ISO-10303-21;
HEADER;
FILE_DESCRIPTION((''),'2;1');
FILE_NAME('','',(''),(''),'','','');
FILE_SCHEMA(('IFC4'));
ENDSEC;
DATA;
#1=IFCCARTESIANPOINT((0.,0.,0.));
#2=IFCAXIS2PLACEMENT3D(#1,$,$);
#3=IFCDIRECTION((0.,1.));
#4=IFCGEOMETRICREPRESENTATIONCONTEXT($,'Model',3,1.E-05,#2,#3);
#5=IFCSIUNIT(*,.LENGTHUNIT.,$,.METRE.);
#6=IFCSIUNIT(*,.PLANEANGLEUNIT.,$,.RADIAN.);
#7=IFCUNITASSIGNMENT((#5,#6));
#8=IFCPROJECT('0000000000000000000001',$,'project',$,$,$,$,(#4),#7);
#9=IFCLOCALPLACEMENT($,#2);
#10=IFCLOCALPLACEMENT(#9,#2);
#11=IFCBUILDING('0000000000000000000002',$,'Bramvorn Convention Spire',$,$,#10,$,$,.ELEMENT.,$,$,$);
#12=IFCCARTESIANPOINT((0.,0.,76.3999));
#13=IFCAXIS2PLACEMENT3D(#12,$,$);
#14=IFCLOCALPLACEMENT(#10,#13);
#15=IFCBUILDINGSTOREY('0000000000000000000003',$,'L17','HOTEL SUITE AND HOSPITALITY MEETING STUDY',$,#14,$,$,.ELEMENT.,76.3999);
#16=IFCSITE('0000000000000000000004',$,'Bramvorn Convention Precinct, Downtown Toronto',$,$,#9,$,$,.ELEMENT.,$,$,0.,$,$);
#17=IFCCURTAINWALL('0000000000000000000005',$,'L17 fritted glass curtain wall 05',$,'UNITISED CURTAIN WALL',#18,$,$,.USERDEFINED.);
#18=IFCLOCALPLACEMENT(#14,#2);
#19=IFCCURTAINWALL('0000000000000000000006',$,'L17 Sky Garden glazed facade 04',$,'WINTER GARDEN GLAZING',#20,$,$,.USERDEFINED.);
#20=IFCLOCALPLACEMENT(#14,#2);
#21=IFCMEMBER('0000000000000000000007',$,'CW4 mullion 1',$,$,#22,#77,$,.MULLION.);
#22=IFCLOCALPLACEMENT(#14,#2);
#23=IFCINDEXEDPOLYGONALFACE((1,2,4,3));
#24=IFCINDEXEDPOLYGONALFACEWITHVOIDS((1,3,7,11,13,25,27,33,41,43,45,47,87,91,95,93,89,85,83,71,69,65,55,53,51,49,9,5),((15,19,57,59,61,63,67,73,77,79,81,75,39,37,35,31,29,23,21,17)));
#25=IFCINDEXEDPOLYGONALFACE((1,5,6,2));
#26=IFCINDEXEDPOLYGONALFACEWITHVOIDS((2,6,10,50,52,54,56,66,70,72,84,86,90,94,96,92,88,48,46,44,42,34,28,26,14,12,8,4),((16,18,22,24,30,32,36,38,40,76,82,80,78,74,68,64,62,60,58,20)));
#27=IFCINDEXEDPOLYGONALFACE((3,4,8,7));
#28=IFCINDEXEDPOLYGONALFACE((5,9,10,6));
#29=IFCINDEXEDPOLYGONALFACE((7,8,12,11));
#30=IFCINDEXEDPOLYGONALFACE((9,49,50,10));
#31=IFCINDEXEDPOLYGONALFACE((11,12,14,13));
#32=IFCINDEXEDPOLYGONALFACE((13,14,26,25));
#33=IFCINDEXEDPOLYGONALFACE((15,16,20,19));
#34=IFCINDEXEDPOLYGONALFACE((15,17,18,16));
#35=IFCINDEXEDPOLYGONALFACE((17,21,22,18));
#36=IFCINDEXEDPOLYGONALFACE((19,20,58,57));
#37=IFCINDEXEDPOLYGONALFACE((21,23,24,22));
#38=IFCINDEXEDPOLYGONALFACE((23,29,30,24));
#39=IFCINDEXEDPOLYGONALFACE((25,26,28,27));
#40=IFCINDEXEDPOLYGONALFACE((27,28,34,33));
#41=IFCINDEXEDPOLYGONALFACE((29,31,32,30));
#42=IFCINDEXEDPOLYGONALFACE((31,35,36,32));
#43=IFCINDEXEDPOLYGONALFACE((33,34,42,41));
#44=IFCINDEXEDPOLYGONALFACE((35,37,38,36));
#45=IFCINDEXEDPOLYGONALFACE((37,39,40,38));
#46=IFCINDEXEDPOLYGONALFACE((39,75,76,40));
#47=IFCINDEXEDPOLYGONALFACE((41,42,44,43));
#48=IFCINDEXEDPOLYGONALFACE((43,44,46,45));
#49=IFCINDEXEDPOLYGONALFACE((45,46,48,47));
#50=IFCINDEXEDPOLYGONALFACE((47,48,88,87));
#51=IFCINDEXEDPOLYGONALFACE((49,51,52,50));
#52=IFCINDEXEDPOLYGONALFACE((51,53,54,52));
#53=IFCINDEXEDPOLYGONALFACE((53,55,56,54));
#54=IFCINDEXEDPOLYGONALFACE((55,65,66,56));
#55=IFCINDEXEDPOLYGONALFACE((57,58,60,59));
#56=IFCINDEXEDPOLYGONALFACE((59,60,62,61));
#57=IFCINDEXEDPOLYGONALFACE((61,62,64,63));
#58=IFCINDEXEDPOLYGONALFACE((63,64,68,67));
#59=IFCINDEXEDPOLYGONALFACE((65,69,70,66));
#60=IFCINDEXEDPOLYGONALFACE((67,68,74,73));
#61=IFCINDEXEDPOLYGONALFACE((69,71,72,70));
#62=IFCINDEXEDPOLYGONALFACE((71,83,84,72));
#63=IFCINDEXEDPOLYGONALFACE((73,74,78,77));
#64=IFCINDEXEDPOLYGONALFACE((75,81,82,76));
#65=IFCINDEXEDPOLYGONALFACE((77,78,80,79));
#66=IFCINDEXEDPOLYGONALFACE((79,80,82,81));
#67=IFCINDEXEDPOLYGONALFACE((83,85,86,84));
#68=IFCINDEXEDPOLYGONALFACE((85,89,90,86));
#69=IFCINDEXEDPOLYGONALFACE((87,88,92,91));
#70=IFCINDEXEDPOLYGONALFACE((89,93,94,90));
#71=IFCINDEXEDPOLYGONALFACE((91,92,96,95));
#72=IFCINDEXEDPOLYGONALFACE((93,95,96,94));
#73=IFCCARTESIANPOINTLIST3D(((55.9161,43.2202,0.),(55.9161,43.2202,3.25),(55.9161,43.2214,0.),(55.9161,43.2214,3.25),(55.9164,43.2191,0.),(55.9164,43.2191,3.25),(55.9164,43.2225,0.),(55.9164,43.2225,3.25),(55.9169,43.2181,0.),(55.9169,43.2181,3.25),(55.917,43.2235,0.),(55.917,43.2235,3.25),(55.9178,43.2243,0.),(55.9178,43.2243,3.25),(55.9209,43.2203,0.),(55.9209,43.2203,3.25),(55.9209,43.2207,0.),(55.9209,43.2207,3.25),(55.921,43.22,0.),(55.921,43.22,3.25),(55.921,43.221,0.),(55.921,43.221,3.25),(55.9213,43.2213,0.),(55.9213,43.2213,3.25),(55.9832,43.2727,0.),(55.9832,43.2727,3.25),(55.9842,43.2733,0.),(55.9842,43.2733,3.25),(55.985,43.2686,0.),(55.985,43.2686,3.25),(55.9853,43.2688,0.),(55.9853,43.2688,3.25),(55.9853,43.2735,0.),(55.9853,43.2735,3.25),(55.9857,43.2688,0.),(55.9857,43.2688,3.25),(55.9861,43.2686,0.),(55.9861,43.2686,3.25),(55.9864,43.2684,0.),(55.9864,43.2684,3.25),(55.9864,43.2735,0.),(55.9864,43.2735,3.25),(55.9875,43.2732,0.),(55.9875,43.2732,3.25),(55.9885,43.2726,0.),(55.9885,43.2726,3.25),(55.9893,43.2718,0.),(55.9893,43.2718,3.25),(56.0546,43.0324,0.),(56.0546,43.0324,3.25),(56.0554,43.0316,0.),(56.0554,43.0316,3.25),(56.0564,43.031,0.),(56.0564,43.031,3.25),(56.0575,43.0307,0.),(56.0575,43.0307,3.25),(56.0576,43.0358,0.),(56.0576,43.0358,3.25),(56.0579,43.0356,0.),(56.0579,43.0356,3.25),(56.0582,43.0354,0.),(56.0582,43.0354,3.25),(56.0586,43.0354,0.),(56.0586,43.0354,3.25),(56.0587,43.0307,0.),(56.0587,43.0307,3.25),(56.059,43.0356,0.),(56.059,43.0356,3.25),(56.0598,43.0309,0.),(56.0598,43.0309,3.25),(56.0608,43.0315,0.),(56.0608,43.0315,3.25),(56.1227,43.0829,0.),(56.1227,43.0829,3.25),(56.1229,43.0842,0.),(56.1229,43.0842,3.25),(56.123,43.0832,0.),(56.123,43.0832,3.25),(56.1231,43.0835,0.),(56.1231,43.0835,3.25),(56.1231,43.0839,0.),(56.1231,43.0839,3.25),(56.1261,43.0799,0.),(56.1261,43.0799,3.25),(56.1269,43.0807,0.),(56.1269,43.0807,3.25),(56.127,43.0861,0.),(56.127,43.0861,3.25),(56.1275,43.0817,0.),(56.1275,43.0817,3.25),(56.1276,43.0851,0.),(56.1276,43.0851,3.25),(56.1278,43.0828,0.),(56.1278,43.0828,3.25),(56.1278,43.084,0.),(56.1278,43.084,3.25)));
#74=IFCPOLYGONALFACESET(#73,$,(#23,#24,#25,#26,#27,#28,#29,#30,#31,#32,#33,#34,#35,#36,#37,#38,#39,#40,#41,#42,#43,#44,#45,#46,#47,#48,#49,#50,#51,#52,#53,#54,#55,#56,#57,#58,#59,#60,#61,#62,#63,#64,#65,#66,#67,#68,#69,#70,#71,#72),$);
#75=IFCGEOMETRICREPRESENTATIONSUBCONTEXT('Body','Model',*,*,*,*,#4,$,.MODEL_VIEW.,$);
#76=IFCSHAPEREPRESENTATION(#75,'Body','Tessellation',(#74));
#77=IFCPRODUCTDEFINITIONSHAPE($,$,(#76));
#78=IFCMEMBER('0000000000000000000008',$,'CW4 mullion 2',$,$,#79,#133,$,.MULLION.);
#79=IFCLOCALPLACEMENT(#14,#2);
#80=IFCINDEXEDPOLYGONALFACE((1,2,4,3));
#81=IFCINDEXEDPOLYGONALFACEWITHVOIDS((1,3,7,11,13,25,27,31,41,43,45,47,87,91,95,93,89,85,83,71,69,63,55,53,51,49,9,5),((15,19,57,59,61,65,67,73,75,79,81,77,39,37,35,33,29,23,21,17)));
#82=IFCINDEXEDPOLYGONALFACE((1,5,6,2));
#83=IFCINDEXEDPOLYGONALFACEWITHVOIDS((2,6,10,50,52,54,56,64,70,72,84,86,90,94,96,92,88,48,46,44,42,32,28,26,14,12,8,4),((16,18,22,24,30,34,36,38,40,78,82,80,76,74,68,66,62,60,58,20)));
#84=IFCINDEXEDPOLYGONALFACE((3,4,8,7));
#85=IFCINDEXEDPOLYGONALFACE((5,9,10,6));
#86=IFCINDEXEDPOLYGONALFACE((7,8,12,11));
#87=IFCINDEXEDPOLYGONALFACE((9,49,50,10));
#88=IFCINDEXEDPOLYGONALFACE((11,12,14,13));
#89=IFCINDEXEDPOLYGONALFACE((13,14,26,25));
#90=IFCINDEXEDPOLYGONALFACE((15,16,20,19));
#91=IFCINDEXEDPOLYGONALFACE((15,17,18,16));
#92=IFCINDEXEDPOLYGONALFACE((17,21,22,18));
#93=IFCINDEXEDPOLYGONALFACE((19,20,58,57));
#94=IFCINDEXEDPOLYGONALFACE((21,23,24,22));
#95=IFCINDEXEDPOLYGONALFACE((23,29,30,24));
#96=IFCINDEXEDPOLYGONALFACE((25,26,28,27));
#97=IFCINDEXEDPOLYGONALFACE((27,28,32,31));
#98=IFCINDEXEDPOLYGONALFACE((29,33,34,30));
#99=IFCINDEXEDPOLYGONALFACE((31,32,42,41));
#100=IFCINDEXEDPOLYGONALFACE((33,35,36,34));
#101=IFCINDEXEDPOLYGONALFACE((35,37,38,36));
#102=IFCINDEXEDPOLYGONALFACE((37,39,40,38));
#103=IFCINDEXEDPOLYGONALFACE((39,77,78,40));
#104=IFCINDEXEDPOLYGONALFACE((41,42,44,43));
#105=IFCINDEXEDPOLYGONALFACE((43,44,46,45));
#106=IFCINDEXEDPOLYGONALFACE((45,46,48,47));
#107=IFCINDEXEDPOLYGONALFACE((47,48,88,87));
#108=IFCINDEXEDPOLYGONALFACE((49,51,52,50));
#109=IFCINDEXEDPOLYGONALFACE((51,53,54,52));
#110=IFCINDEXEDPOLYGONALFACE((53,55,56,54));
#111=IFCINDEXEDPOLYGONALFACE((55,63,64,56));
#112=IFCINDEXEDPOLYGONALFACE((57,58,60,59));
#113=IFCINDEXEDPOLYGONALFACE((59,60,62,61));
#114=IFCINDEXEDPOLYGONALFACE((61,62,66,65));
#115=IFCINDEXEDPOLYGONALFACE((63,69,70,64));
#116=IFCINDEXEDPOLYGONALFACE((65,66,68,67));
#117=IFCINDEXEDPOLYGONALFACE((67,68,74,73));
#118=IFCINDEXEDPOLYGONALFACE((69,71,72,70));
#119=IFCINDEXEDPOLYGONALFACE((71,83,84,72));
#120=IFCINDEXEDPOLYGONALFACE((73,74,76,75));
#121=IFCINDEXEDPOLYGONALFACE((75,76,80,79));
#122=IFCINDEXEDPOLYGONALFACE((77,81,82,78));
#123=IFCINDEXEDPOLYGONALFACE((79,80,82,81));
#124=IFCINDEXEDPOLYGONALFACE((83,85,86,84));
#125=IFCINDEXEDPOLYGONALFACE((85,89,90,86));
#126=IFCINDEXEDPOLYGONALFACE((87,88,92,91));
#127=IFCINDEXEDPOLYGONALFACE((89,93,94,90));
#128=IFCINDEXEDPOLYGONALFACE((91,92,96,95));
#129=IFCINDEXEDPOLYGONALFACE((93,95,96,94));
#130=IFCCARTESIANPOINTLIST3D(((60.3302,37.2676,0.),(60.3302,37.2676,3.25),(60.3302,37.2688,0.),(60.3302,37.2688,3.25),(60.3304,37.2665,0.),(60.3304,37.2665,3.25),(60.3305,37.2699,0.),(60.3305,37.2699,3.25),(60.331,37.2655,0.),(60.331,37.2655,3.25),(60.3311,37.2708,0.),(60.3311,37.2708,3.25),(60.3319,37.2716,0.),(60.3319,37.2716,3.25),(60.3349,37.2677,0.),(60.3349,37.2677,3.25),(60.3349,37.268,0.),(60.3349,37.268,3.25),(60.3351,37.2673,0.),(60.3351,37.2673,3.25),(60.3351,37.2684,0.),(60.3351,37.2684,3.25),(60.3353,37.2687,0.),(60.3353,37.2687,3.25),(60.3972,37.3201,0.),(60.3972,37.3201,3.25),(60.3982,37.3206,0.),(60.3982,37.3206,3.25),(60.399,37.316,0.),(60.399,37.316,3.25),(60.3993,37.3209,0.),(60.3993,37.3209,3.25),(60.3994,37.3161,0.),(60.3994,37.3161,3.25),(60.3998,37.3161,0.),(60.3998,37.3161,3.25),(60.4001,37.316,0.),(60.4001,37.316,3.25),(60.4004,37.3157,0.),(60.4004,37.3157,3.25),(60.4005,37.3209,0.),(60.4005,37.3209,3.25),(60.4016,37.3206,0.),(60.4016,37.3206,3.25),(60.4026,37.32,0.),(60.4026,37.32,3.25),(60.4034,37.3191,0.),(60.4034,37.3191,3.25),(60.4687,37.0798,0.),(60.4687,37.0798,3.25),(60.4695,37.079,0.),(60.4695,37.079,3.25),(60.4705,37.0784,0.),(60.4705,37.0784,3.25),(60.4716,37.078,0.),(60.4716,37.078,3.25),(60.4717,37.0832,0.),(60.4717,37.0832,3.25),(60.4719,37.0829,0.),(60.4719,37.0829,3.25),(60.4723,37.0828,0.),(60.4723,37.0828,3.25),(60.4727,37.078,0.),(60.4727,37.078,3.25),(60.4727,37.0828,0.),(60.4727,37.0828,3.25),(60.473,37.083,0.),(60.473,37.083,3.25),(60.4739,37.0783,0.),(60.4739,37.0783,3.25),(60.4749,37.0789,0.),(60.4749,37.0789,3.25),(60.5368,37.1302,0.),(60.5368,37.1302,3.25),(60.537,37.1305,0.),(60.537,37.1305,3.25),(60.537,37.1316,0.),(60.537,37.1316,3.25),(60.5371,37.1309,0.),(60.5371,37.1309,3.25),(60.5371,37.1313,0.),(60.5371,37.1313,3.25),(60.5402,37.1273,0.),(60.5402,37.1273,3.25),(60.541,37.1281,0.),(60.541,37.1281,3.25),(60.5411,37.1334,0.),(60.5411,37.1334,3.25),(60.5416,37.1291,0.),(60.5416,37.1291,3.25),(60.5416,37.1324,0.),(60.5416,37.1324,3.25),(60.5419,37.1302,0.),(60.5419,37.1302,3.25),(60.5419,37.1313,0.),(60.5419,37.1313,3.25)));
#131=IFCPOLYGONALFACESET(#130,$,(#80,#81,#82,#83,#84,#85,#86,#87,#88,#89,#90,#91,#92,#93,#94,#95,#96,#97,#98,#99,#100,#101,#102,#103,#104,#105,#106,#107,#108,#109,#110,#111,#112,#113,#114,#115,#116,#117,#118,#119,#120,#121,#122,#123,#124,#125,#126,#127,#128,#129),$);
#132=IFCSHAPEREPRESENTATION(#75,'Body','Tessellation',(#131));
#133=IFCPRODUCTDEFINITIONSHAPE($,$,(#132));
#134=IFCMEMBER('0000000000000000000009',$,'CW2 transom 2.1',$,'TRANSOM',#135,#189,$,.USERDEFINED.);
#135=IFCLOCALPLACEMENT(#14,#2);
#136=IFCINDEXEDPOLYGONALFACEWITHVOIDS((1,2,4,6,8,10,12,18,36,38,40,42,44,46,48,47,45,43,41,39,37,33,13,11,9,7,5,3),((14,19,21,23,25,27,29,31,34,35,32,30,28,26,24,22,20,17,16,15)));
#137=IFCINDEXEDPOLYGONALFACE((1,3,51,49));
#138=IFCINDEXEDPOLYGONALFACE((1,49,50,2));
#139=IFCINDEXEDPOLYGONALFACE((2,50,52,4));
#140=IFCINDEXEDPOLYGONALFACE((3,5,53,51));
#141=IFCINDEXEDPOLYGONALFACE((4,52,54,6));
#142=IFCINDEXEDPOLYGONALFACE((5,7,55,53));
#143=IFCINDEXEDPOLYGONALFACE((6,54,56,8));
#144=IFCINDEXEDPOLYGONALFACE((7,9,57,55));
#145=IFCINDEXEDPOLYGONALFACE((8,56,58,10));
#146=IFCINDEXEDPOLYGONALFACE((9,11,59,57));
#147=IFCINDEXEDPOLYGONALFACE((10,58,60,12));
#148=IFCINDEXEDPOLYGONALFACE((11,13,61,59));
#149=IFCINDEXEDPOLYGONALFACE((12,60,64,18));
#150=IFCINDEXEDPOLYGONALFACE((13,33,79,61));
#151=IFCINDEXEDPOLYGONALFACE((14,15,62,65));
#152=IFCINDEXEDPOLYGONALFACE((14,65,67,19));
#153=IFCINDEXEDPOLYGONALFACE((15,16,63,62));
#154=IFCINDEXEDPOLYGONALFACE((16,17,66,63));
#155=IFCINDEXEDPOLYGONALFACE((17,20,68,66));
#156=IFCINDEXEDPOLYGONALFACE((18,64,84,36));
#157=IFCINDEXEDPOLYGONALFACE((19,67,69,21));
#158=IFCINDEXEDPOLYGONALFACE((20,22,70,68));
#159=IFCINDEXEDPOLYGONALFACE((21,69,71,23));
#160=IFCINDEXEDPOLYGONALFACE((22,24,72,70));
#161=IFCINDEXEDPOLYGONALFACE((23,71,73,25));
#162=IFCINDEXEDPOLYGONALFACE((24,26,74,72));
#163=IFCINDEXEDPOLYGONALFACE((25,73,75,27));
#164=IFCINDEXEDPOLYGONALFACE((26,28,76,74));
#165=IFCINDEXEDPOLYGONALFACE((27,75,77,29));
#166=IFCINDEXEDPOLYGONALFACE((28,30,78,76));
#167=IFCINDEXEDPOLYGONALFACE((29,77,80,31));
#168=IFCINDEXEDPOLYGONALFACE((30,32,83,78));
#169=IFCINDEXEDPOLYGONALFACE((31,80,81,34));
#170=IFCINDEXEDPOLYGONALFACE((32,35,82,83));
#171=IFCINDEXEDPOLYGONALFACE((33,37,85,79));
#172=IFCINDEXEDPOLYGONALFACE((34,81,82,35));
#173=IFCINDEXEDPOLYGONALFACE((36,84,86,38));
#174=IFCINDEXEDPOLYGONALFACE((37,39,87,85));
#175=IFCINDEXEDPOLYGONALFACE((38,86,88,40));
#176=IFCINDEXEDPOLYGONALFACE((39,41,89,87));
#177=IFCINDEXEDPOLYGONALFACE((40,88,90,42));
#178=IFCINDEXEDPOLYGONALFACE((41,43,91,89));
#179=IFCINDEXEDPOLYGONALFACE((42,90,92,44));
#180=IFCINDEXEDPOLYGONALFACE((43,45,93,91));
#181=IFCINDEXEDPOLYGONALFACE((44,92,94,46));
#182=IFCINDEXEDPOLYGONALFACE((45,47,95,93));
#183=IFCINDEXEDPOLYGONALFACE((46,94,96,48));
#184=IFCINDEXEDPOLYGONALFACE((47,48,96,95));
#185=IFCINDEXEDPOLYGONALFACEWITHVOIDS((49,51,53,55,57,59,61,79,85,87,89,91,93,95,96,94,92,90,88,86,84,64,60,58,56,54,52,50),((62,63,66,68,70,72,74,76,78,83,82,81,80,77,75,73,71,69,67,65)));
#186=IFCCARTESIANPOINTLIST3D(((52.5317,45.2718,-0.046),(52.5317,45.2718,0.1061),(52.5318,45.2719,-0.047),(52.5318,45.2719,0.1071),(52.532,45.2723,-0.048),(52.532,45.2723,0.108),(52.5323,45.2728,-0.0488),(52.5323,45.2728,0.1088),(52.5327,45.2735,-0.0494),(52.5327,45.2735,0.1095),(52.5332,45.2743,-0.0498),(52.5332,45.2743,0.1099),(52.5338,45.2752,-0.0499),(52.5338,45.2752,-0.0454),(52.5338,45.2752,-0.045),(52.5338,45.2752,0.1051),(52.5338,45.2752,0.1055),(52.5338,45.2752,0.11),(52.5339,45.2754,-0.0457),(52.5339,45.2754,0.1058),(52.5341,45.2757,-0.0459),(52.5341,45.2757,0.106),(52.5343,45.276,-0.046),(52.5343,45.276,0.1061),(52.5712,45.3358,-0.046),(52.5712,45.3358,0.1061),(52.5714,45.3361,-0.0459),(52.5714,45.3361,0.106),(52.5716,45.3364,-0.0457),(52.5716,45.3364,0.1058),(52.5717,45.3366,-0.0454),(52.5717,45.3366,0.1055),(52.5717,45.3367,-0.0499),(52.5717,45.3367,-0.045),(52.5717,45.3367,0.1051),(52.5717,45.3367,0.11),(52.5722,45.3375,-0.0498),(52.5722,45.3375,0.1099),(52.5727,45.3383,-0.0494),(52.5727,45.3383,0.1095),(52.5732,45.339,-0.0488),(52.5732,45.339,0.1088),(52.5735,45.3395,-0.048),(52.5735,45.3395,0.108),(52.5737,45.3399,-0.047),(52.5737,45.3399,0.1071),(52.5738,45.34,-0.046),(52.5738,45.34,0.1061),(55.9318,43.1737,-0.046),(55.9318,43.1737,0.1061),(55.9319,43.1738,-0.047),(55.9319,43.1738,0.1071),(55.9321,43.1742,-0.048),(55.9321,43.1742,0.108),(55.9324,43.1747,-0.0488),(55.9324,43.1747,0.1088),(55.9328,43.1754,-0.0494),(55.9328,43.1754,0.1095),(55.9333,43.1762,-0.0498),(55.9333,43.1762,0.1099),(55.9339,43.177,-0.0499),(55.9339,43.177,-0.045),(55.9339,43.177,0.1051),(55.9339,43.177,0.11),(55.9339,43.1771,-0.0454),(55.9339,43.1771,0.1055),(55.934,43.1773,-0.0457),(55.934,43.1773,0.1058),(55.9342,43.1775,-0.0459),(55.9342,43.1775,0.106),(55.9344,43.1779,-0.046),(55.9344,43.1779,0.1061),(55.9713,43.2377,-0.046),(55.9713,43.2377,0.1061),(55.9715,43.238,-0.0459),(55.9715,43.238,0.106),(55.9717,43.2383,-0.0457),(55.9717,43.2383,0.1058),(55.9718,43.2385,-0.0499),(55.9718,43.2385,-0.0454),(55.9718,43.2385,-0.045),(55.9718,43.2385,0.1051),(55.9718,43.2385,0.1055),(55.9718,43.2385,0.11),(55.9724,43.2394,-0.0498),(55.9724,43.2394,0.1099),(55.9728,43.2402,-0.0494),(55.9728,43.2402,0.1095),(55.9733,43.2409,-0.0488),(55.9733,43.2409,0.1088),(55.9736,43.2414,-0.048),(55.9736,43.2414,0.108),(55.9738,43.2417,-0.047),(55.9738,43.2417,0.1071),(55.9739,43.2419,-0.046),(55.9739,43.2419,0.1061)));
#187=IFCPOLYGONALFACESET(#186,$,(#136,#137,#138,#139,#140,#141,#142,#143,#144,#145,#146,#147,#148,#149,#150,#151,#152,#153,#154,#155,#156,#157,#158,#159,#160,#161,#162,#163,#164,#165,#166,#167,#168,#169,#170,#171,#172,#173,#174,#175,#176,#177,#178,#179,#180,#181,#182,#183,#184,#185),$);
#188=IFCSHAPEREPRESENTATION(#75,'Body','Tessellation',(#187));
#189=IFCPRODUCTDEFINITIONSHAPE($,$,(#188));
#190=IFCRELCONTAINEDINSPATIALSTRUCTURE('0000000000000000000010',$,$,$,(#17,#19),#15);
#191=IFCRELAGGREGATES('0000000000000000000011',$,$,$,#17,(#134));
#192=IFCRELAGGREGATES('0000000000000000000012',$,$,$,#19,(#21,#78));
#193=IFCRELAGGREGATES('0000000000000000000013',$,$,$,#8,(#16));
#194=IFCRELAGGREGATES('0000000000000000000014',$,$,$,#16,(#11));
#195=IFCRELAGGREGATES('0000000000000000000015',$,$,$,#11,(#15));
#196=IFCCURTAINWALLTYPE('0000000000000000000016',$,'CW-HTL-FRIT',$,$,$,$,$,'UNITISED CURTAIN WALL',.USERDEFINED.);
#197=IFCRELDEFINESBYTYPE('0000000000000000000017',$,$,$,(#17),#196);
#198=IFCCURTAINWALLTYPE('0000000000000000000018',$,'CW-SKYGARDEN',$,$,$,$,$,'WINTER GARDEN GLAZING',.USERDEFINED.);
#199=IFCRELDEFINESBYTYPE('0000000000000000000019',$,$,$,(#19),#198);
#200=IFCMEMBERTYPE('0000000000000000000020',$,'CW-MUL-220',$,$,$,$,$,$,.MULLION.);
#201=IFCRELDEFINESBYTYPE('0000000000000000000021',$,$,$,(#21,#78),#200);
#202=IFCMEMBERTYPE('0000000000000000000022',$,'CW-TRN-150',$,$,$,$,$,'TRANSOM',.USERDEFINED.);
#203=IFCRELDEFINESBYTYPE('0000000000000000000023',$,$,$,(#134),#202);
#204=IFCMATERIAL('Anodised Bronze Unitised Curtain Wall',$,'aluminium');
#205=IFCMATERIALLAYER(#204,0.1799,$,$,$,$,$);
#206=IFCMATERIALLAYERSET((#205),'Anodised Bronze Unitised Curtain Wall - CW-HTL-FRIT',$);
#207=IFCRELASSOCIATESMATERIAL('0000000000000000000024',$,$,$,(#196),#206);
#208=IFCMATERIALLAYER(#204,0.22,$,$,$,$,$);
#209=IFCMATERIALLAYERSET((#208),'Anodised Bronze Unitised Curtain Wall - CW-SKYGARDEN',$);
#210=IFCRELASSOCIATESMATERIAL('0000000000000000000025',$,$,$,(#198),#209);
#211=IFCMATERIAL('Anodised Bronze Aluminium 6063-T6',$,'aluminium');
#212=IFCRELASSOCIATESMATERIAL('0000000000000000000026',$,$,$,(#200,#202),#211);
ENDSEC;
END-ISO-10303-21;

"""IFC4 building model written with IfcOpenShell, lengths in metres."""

from ifc_helpers import new_model, si_unit, direction, frame, origin, origin_2d, place, context, subcontext, project, spatial, hollow_rectangle, extrude, material, layer, layer_set, material_profile, profile_set, type_object, element, aggregate, save


model = new_model("IFC4")

# Units and contexts
model_context = context("Model", 3, precision=1e-05, world=origin(), true_north=direction((0.0, 1.0)))
body_context = subcontext(model_context, "Body", "Model", "MODEL_VIEW")
ifc_project = project(units=[si_unit("LENGTHUNIT", "METRE"), si_unit("PLANEANGLEUNIT", "RADIAN")], contexts=[model_context])

# Site, building, storey
site_placement = place(None, origin())
site = spatial("IfcSite", under=ifc_project, at=site_placement, Name="Bramvorn Convention Precinct, Downtown Toronto", CompositionType="ELEMENT", RefElevation=0.0)
building_placement = place(site_placement, origin())
building = spatial("IfcBuilding", under=site, at=building_placement, Name="Bramvorn Convention Spire", CompositionType="ELEMENT")
storey_placement = place(building_placement, frame((0.0, 0.0, 76.3999)))
storey = spatial("IfcBuildingStorey", under=building, at=storey_placement, Name="L17", Description="HOTEL SUITE AND HOSPITALITY MEETING STUDY", CompositionType="ELEMENT", Elevation=76.3999)

# Curtain walls, members
ifc_material_1 = material(Name="Anodised Bronze Unitised Curtain Wall", Category="aluminium")
ifc_layer_1 = layer(ifc_material_1, 0.1799)
ifc_layer_set_1 = layer_set([ifc_layer_1], Name="Anodised Bronze Unitised Curtain Wall - CW-HTL-FRIT")
curtain_wall_type_1 = type_object("IfcCurtainWallType", Name="CW-HTL-FRIT", ElementType="UNITISED CURTAIN WALL", PredefinedType="USERDEFINED", material=ifc_layer_set_1)
curtain_wall_1_placement = place(storey_placement, origin())
curtain_wall_1 = element("IfcCurtainWall", 1, at=curtain_wall_1_placement, inside=storey, type_object=curtain_wall_type_1, Name="L17 fritted glass curtain wall 05", ObjectType="UNITISED CURTAIN WALL", PredefinedType="USERDEFINED")
ifc_material_2 = material(Name="Anodised Bronze Aluminium 6063-T6", Category="aluminium")
ifc_layer_2 = layer(ifc_material_1, 0.22)
ifc_layer_set_2 = layer_set([ifc_layer_2], Name="Anodised Bronze Unitised Curtain Wall - CW-SKYGARDEN")
curtain_wall_type_2 = type_object("IfcCurtainWallType", Name="CW-SKYGARDEN", ElementType="WINTER GARDEN GLAZING", PredefinedType="USERDEFINED", material=ifc_layer_set_2)
curtain_wall_2_placement = place(storey_placement, origin())
curtain_wall_2 = element("IfcCurtainWall", 2, at=curtain_wall_2_placement, inside=storey, type_object=curtain_wall_type_2, Name="L17 Sky Garden glazed facade 04", ObjectType="WINTER GARDEN GLAZING", PredefinedType="USERDEFINED")
ifc_material_profile_1 = material_profile(ifc_material_2, hollow_rectangle(XDim=0.0901, YDim=0.24, WallThickness=0.0044, InnerFilletRadius=0.001, OuterFilletRadius=0.0044, at=origin_2d()))
ifc_profile_set_1 = profile_set([ifc_material_profile_1], Name="Anodised Bronze Aluminium 6063-T6 - CWM90X240")
member_type_1 = type_object("IfcMemberType", Name="CW-MUL-220", PredefinedType="MULLION", material=ifc_profile_set_1)
member_1_placement = place(storey_placement, frame((56.022, 43.1521, 0.0), z_axis=(0.0, 0.0, 1.0), x_axis=(0.803262, 0.595626, 0.0)))
member_1 = element("IfcMember", 3, at=member_1_placement, type_object=member_type_1, Name="CW4 mullion 1", PredefinedType="MULLION", context=body_context, shape_type="SweptSolid", body=[
    extrude(hollow_rectangle(XDim=0.0901, YDim=0.24, WallThickness=0.0044, InnerFilletRadius=0.001, OuterFilletRadius=0.0044, at=origin_2d()), origin(), (0.0, 0.0, 1.0), 3.25),
])
member_2_placement = place(storey_placement, frame((60.436, 37.1995, 0.0), z_axis=(0.0, 0.0, 1.0), x_axis=(0.803262, 0.595626, 0.0)))
member_2 = element("IfcMember", 4, at=member_2_placement, type_object=member_type_1, Name="CW4 mullion 2", PredefinedType="MULLION", context=body_context, shape_type="SweptSolid", body=[
    extrude(hollow_rectangle(XDim=0.0901, YDim=0.24, WallThickness=0.0044, InnerFilletRadius=0.001, OuterFilletRadius=0.0044, at=origin_2d()), origin(), (0.0, 0.0, 1.0), 3.25),
])

# Member
ifc_material_profile_2 = material_profile(ifc_material_2, hollow_rectangle(XDim=0.0801, YDim=0.1599, WallThickness=0.0039, InnerFilletRadius=0.001, OuterFilletRadius=0.0039, at=origin_2d()))
ifc_profile_set_2 = profile_set([ifc_material_profile_2], Name="Anodised Bronze Aluminium 6063-T6 - CWT80X160")
member_type_2 = type_object("IfcMemberType", Name="CW-TRN-150", ElementType="TRANSOM", PredefinedType="USERDEFINED", material=ifc_profile_set_2)
member_3_placement = place(storey_placement, frame((52.5527, 45.3059, 0.03), z_axis=(0.851016, -0.52514, 0.0), x_axis=(0.52514, 0.851016, 0.0)))
member_3 = element("IfcMember", 5, at=member_3_placement, type_object=member_type_2, Name="CW2 transom 2.1", ObjectType="TRANSOM", PredefinedType="USERDEFINED", context=body_context, shape_type="SweptSolid", body=[
    extrude(hollow_rectangle(XDim=0.0801, YDim=0.1599, WallThickness=0.0039, InnerFilletRadius=0.001, OuterFilletRadius=0.0039, at=origin_2d()), origin(), (0.0, 0.0, 1.0), 3.9954),
])

aggregate(curtain_wall_1, [member_3])
aggregate(curtain_wall_2, [member_1, member_2])

save(model, "model.ifc")
